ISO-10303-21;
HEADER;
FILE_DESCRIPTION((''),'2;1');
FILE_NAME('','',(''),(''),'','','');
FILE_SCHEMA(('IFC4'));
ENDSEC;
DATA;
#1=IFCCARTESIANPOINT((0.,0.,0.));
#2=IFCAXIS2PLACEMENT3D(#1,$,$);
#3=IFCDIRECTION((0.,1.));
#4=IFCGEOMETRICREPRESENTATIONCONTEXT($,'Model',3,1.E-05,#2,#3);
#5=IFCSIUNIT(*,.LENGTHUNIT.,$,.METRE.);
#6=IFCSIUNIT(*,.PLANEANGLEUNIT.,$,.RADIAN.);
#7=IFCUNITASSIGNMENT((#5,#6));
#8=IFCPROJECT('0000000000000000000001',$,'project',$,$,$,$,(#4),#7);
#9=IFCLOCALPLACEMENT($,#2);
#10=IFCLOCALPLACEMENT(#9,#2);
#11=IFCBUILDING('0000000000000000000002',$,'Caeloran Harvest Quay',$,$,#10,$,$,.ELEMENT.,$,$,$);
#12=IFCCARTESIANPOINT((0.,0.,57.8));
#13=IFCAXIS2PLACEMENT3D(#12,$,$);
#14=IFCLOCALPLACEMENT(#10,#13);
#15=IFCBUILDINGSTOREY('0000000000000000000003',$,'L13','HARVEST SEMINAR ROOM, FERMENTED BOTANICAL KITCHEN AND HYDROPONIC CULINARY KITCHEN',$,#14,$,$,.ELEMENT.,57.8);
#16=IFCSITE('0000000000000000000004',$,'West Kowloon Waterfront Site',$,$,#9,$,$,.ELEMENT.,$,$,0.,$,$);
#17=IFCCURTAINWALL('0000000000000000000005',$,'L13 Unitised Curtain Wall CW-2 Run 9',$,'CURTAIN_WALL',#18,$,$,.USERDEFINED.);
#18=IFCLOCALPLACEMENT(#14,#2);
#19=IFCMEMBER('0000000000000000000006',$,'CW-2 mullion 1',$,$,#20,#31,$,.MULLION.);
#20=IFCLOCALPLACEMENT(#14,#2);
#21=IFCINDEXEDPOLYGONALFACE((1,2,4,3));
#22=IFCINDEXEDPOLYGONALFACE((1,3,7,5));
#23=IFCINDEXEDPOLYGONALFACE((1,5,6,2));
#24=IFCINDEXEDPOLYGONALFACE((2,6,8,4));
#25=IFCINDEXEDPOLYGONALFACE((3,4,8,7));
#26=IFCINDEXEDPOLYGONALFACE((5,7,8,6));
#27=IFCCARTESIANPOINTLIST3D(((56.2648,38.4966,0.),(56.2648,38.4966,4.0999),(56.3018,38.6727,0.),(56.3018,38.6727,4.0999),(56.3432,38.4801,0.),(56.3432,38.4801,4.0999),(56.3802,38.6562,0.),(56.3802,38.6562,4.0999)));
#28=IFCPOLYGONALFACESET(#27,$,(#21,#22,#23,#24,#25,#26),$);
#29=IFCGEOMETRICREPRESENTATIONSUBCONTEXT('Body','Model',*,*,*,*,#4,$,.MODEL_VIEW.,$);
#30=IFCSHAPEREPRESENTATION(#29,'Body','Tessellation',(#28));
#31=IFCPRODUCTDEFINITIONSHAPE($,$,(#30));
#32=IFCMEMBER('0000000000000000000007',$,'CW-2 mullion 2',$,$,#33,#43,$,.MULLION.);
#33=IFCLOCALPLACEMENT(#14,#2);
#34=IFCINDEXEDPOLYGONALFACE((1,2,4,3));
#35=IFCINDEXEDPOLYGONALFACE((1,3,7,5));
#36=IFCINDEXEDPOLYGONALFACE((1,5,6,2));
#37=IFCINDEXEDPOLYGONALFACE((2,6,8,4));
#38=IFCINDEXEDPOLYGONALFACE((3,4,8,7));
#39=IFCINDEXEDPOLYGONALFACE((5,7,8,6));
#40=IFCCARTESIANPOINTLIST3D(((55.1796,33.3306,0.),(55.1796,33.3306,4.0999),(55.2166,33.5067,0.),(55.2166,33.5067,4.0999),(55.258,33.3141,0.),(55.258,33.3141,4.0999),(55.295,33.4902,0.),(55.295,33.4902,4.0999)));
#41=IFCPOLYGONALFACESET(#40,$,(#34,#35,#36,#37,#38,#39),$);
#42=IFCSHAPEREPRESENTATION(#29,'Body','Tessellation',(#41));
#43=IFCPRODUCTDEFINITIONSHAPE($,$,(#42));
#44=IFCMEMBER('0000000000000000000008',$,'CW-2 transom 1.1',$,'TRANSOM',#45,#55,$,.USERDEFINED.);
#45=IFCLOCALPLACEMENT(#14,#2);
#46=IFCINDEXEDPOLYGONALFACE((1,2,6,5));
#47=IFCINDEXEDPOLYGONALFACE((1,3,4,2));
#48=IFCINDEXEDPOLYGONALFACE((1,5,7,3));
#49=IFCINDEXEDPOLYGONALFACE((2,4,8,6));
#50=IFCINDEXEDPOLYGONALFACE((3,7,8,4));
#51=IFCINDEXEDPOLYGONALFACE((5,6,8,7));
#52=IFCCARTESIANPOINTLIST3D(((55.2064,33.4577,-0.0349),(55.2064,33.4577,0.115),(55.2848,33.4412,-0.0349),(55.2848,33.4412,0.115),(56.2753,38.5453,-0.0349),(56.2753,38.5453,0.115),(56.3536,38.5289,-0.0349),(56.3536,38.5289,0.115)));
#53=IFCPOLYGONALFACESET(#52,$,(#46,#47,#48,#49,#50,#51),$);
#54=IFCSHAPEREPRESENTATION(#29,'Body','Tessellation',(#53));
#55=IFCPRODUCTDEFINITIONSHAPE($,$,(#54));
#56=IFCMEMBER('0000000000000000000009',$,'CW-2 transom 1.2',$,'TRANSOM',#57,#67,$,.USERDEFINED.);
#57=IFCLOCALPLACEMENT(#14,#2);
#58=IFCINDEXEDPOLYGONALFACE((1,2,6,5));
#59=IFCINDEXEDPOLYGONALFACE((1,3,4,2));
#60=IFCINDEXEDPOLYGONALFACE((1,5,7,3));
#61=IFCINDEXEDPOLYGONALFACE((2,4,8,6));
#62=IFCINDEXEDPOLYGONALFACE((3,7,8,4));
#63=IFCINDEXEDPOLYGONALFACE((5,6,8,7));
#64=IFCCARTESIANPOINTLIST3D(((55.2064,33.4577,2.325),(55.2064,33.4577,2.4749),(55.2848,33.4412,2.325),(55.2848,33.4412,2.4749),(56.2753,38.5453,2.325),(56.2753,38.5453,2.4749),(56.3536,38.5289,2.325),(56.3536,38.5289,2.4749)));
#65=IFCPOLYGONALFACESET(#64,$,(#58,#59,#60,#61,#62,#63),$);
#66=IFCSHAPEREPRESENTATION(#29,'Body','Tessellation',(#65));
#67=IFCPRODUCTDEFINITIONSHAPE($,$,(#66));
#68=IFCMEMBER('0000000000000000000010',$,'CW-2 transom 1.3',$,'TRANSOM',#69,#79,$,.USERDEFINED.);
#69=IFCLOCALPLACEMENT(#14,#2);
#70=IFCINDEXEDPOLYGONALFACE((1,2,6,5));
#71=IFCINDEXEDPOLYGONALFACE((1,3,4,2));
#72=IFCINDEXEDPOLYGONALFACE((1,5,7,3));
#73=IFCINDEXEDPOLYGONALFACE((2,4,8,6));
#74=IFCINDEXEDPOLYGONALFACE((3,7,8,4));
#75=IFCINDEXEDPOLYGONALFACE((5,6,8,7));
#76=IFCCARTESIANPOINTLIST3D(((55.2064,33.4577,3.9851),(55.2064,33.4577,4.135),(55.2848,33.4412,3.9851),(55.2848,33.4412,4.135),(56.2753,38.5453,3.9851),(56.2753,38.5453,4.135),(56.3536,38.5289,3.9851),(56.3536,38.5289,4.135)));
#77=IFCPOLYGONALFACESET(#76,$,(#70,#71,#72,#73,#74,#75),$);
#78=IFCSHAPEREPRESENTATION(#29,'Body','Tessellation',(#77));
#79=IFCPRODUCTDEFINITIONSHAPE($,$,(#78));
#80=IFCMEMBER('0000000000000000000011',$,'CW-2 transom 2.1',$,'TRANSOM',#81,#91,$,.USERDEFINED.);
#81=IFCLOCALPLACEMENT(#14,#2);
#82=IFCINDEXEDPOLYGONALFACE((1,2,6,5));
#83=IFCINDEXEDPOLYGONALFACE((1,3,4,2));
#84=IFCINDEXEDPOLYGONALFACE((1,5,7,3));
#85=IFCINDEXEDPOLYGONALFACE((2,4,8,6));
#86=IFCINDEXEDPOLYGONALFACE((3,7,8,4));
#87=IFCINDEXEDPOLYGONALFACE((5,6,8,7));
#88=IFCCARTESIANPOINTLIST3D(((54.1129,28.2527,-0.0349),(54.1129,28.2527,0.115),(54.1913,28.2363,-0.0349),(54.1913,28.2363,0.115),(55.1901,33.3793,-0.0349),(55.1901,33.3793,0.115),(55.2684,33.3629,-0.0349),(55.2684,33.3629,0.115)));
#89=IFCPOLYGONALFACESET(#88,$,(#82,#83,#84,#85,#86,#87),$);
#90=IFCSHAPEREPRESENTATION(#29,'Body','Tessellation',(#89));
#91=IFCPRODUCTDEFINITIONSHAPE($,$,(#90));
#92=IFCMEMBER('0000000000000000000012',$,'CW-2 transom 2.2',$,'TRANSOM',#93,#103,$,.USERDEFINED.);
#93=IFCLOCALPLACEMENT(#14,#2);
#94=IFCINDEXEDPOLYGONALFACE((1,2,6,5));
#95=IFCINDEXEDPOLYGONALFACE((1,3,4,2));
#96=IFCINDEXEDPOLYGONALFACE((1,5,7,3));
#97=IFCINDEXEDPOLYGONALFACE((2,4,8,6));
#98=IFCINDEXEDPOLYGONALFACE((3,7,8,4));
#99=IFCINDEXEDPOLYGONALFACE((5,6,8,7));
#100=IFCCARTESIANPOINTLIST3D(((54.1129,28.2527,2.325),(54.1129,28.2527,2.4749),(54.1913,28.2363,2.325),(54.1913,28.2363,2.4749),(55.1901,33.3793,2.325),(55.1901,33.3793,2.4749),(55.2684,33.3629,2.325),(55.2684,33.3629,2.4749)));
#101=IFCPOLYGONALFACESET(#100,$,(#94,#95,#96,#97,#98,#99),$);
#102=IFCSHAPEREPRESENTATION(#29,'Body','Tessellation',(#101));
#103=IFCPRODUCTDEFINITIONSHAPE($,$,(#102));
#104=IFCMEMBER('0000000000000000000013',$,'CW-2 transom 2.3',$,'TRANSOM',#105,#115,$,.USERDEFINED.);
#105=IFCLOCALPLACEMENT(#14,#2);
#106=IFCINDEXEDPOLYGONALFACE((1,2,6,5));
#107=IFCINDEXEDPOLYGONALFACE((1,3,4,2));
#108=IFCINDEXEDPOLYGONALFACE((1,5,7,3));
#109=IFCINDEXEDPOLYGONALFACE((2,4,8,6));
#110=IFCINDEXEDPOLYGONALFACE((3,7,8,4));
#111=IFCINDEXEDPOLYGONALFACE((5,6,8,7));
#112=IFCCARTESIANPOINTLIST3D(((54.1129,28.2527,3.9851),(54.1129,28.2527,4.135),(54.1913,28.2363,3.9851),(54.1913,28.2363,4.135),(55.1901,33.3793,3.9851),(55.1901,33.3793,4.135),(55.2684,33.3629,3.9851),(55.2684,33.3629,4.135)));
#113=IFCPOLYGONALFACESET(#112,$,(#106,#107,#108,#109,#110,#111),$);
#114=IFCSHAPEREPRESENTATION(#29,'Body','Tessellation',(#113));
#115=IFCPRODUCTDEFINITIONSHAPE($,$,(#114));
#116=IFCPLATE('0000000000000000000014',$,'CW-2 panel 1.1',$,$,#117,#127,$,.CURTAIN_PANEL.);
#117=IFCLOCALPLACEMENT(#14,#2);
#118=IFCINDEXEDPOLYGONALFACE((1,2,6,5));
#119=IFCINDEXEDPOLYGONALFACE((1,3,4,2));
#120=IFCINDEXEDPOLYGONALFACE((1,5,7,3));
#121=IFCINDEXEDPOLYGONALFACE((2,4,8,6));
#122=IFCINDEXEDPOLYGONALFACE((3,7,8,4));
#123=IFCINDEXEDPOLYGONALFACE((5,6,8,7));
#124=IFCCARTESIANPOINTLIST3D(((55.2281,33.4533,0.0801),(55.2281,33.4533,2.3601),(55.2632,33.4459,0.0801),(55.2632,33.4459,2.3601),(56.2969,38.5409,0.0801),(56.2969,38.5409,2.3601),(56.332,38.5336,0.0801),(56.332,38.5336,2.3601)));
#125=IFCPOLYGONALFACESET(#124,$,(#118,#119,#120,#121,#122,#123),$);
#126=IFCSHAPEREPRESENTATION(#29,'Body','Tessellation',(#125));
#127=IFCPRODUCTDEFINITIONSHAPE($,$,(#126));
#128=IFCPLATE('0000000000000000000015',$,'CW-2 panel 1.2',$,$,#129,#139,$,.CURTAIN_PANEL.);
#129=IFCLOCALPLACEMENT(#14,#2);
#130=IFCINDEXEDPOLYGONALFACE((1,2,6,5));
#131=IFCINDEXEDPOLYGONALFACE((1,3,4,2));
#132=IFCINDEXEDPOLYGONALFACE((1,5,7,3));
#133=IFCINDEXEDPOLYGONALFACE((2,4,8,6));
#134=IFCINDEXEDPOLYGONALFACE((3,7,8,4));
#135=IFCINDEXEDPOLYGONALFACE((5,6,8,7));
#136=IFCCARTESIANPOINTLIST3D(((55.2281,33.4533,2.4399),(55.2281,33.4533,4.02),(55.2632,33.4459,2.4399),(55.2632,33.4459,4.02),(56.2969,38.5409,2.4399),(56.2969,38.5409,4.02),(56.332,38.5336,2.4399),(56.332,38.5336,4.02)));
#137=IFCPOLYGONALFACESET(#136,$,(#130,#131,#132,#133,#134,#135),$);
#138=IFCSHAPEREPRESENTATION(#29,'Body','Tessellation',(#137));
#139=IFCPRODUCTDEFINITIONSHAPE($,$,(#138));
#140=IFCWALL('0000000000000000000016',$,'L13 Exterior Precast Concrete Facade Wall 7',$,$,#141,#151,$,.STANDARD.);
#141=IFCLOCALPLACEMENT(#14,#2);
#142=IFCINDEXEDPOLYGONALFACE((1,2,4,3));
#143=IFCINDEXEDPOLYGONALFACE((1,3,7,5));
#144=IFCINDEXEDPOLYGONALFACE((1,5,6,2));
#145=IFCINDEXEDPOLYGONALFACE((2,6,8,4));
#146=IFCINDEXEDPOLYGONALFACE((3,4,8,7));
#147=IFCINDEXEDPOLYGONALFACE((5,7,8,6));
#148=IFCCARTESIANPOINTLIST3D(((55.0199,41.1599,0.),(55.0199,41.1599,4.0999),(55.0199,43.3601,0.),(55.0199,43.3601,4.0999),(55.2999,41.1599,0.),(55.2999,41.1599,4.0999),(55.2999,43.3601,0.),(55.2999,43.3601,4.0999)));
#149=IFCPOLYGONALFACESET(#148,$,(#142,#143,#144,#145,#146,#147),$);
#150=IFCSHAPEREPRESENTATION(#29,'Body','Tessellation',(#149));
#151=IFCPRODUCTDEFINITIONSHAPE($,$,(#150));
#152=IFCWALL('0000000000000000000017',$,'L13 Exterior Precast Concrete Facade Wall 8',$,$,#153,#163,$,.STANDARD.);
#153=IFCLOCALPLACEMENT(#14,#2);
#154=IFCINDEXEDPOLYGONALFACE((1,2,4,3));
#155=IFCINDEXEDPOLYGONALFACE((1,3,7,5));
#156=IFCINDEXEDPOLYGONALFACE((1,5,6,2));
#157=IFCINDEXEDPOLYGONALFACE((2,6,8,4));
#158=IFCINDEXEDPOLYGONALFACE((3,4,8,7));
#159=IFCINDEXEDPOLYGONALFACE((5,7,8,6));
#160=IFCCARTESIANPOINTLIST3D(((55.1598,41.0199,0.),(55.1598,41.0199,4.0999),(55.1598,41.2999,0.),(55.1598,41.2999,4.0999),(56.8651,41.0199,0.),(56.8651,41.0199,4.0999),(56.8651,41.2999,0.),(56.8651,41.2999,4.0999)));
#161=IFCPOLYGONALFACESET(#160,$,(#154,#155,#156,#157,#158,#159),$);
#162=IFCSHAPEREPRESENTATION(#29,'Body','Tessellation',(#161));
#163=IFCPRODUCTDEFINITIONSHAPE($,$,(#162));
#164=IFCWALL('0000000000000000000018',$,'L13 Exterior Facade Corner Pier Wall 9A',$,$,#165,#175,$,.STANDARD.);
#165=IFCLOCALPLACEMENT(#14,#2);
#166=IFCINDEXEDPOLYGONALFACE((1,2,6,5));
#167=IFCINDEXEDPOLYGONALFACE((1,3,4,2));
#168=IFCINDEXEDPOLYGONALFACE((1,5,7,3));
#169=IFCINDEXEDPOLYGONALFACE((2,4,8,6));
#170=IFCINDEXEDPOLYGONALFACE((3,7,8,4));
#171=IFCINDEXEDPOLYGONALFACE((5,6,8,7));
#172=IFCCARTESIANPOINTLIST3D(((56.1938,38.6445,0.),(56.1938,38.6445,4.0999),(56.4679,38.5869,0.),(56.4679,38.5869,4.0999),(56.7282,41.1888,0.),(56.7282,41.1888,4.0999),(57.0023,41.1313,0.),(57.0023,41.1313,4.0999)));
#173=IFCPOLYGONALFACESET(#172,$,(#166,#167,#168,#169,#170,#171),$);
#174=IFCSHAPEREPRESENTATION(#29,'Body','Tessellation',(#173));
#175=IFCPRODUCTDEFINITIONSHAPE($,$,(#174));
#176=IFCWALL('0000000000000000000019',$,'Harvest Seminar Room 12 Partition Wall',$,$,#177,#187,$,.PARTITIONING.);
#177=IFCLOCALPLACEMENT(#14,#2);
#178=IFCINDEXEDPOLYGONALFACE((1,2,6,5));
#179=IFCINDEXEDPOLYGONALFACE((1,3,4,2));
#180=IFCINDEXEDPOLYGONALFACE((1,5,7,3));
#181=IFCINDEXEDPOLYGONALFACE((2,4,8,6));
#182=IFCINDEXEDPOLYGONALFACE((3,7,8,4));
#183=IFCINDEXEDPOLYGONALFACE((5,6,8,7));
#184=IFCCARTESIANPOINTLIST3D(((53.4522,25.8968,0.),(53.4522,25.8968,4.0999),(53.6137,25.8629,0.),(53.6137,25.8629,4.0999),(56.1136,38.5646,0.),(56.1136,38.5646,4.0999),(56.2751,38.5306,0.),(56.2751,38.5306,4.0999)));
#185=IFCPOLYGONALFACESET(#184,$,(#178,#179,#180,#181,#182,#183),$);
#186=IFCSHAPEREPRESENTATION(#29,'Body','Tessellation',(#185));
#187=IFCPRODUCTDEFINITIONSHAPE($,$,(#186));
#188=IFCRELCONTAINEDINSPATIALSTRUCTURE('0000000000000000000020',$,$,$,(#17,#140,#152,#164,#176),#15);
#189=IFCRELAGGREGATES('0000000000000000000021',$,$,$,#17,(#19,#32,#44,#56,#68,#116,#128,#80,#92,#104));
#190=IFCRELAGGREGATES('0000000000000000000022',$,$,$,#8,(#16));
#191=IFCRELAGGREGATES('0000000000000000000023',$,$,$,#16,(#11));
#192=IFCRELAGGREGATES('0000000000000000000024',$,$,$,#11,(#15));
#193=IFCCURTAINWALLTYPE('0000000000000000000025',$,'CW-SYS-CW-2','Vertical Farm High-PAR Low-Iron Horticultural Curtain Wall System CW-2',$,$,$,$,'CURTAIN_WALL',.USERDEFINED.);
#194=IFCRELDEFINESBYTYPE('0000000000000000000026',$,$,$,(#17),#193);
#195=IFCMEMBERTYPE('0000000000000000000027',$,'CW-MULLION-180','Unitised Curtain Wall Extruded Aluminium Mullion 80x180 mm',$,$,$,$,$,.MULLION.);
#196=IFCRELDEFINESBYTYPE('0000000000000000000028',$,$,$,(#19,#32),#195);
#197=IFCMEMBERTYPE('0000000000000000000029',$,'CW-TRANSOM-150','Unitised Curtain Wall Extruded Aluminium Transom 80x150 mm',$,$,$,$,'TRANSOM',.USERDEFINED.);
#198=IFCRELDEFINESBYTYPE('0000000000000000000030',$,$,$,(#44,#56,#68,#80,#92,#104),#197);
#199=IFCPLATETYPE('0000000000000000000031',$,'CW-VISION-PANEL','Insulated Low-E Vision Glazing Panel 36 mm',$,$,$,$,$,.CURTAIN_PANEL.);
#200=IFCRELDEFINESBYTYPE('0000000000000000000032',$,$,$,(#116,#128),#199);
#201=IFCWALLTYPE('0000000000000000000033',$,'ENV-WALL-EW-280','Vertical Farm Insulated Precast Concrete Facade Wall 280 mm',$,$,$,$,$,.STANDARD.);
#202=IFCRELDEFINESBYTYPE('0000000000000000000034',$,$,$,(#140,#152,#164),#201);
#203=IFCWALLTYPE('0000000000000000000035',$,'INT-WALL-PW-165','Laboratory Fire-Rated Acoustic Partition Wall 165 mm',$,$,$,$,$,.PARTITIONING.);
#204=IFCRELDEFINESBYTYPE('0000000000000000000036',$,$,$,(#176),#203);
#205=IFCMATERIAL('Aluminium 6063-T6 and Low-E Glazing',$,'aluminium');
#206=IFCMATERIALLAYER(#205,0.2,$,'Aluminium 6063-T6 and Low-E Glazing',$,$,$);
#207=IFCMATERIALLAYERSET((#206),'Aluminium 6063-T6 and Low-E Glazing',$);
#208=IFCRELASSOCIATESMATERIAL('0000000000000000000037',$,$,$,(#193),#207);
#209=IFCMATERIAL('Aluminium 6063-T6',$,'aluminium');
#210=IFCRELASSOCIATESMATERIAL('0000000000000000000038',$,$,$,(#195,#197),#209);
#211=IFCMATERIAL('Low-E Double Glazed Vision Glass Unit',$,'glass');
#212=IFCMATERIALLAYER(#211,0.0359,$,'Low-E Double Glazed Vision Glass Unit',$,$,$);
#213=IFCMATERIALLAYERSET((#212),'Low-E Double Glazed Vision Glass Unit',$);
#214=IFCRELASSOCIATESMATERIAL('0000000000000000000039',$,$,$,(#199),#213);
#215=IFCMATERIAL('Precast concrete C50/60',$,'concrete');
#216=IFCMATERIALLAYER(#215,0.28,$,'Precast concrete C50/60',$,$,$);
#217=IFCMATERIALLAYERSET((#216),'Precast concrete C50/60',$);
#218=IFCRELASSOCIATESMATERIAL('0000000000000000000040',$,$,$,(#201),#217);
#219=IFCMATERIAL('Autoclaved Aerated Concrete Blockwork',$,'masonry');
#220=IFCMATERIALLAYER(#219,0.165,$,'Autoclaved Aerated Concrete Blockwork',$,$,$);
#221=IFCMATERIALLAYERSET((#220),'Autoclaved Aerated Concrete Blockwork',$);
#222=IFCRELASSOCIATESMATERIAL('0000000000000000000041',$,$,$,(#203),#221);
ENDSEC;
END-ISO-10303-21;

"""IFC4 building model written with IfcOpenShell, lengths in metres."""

from ifc_helpers import new_model, si_unit, direction, frame, frame_2d, origin, origin_2d, place, context, subcontext, project, spatial, rectangle, extrude, material, layer, layer_set, material_profile, profile_set, type_object, element, aggregate, save


model = new_model("IFC4")

# Units and contexts
model_context = context("Model", 3, precision=1e-05, world=origin(), true_north=direction((0.0, 1.0)))
body_context = subcontext(model_context, "Body", "Model", "MODEL_VIEW")
ifc_project = project(units=[si_unit("LENGTHUNIT", "METRE"), si_unit("PLANEANGLEUNIT", "RADIAN")], contexts=[model_context])

# Site, building, storey
site_placement = place(None, origin())
site = spatial("IfcSite", under=ifc_project, at=site_placement, Name="West Kowloon Waterfront Site", CompositionType="ELEMENT", RefElevation=0.0)
building_placement = place(site_placement, origin())
building = spatial("IfcBuilding", under=site, at=building_placement, Name="Caeloran Harvest Quay", CompositionType="ELEMENT")
storey_placement = place(building_placement, frame((0.0, 0.0, 57.8)))
storey = spatial("IfcBuildingStorey", under=building, at=storey_placement, Name="L13", Description="HARVEST SEMINAR ROOM, FERMENTED BOTANICAL KITCHEN AND HYDROPONIC CULINARY KITCHEN", CompositionType="ELEMENT", Elevation=57.8)

# Curtain wall, members, plates
ifc_material_1 = material(Name="Aluminium 6063-T6 and Low-E Glazing", Category="aluminium")
ifc_layer_1 = layer(ifc_material_1, 0.2, Name="Aluminium 6063-T6 and Low-E Glazing")
ifc_layer_set_1 = layer_set([ifc_layer_1], Name="Aluminium 6063-T6 and Low-E Glazing")
curtain_wall_type = type_object("IfcCurtainWallType", Name="CW-SYS-CW-2", Description="Vertical Farm High-PAR Low-Iron Horticultural Curtain Wall System CW-2", ElementType="CURTAIN_WALL", PredefinedType="USERDEFINED", material=ifc_layer_set_1)
curtain_wall_placement = place(storey_placement, origin())
curtain_wall = element("IfcCurtainWall", 1, at=curtain_wall_placement, inside=storey, type_object=curtain_wall_type, Name="L13 Unitised Curtain Wall CW-2 Run 9", ObjectType="CURTAIN_WALL", PredefinedType="USERDEFINED")
ifc_material_2 = material(Name="Aluminium 6063-T6", Category="aluminium")
ifc_material_profile_1 = material_profile(ifc_material_2, rectangle(XDim=0.0801, YDim=0.1799, at=origin_2d()), Name="CW-MULLION-180")
ifc_profile_set_1 = profile_set([ifc_material_profile_1], Name="Aluminium 6063-T6")
member_type_1 = type_object("IfcMemberType", Name="CW-MULLION-180", Description="Unitised Curtain Wall Extruded Aluminium Mullion 80x180 mm", PredefinedType="MULLION", material=ifc_profile_set_1)
member_1_placement = place(storey_placement, frame((56.3225, 38.5764, 0.0), z_axis=(0.0, 0.0, 1.0), x_axis=(0.97864, -0.205583, 0.0)))
member_1 = element("IfcMember", 2, at=member_1_placement, type_object=member_type_1, Name="CW-2 mullion 1", PredefinedType="MULLION", context=body_context, shape_type="SweptSolid", body=[
    extrude(rectangle(XDim=0.0801, YDim=0.1799, at=origin_2d()), origin(), (0.0, 0.0, 1.0), 4.0999),
])
member_2_placement = place(storey_placement, frame((55.2373, 33.4104, 0.0), z_axis=(0.0, 0.0, 1.0), x_axis=(0.97864, -0.205583, 0.0)))
member_2 = element("IfcMember", 3, at=member_2_placement, type_object=member_type_1, Name="CW-2 mullion 2", PredefinedType="MULLION", context=body_context, shape_type="SweptSolid", body=[
    extrude(rectangle(XDim=0.0801, YDim=0.1799, at=origin_2d()), origin(), (0.0, 0.0, 1.0), 4.0999),
])
ifc_material_profile_2 = material_profile(ifc_material_2, rectangle(XDim=0.0801, YDim=0.1499, at=origin_2d()), Name="CW-TRANSOM-150")
ifc_profile_set_2 = profile_set([ifc_material_profile_2], Name="Aluminium 6063-T6")
member_type_2 = type_object("IfcMemberType", Name="CW-TRANSOM-150", Description="Unitised Curtain Wall Extruded Aluminium Transom 80x150 mm", ElementType="TRANSOM", PredefinedType="USERDEFINED", material=ifc_profile_set_2)
member_3_placement = place(storey_placement, frame((56.3145, 38.5371, 0.04), z_axis=(-0.205599, -0.978636, 0.0), x_axis=(0.978636, -0.205599, 0.0)))
member_3 = element("IfcMember", 4, at=member_3_placement, type_object=member_type_2, Name="CW-2 transom 1.1", ObjectType="TRANSOM", PredefinedType="USERDEFINED", context=body_context, shape_type="SweptSolid", body=[
    extrude(rectangle(XDim=0.0801, YDim=0.1499, at=origin_2d()), origin(), (0.0, 0.0, 1.0), 5.1987),
])
member_4_placement = place(storey_placement, frame((56.3145, 38.5371, 2.3999), z_axis=(-0.205599, -0.978636, 0.0), x_axis=(0.978636, -0.205599, 0.0)))
member_4 = element("IfcMember", 5, at=member_4_placement, type_object=member_type_2, Name="CW-2 transom 1.2", ObjectType="TRANSOM", PredefinedType="USERDEFINED", context=body_context, shape_type="SweptSolid", body=[
    extrude(rectangle(XDim=0.0801, YDim=0.1499, at=origin_2d()), origin(), (0.0, 0.0, 1.0), 5.1987),
])
member_5_placement = place(storey_placement, frame((56.3145, 38.5371, 4.0601), z_axis=(-0.205599, -0.978636, 0.0), x_axis=(0.978636, -0.205599, 0.0)))
member_5 = element("IfcMember", 6, at=member_5_placement, type_object=member_type_2, Name="CW-2 transom 1.3", ObjectType="TRANSOM", PredefinedType="USERDEFINED", context=body_context, shape_type="SweptSolid", body=[
    extrude(rectangle(XDim=0.0801, YDim=0.1499, at=origin_2d()), origin(), (0.0, 0.0, 1.0), 5.1987),
])
member_6_placement = place(storey_placement, frame((55.2292, 33.3711, 0.04), z_axis=(-0.205616, -0.978633, 0.0), x_axis=(0.978633, -0.205616, 0.0)))
member_6 = element("IfcMember", 7, at=member_6_placement, type_object=member_type_2, Name="CW-2 transom 2.1", ObjectType="TRANSOM", PredefinedType="USERDEFINED", context=body_context, shape_type="SweptSolid", body=[
    extrude(rectangle(XDim=0.0801, YDim=0.1499, at=origin_2d()), origin(), (0.0, 0.0, 1.0), 5.2385),
])
member_7_placement = place(storey_placement, frame((55.2292, 33.3711, 2.3999), z_axis=(-0.205616, -0.978633, 0.0), x_axis=(0.978633, -0.205616, 0.0)))
member_7 = element("IfcMember", 8, at=member_7_placement, type_object=member_type_2, Name="CW-2 transom 2.2", ObjectType="TRANSOM", PredefinedType="USERDEFINED", context=body_context, shape_type="SweptSolid", body=[
    extrude(rectangle(XDim=0.0801, YDim=0.1499, at=origin_2d()), origin(), (0.0, 0.0, 1.0), 5.2385),
])
member_8_placement = place(storey_placement, frame((55.2292, 33.3711, 4.0601), z_axis=(-0.205616, -0.978633, 0.0), x_axis=(0.978633, -0.205616, 0.0)))
member_8 = element("IfcMember", 9, at=member_8_placement, type_object=member_type_2, Name="CW-2 transom 2.3", ObjectType="TRANSOM", PredefinedType="USERDEFINED", context=body_context, shape_type="SweptSolid", body=[
    extrude(rectangle(XDim=0.0801, YDim=0.1499, at=origin_2d()), origin(), (0.0, 0.0, 1.0), 5.2385),
])
ifc_material_3 = material(Name="Low-E Double Glazed Vision Glass Unit", Category="glass")
ifc_layer_2 = layer(ifc_material_3, 0.0359, Name="Low-E Double Glazed Vision Glass Unit")
ifc_layer_set_2 = layer_set([ifc_layer_2], Name="Low-E Double Glazed Vision Glass Unit")
plate_type = type_object("IfcPlateType", Name="CW-VISION-PANEL", Description="Insulated Low-E Vision Glazing Panel 36 mm", PredefinedType="CURTAIN_PANEL", material=ifc_layer_set_2)
plate_1_placement = place(storey_placement, frame((55.78, 35.9934, 0.0801), z_axis=(0.0, 0.0, 1.0), x_axis=(-0.205583, -0.97864, 0.0)))
plate_1 = element("IfcPlate", 10, at=plate_1_placement, type_object=plate_type, Name="CW-2 panel 1.1", PredefinedType="CURTAIN_PANEL", context=body_context, shape_type="SweptSolid", body=[
    extrude(rectangle(XDim=5.1987, YDim=0.0359, at=origin_2d()), origin(), (0.0, 0.0, 1.0), 2.28),
])
plate_2_placement = place(storey_placement, frame((55.78, 35.9934, 2.4399), z_axis=(0.0, 0.0, 1.0), x_axis=(-0.205583, -0.97864, 0.0)))
plate_2 = element("IfcPlate", 11, at=plate_2_placement, type_object=plate_type, Name="CW-2 panel 1.2", PredefinedType="CURTAIN_PANEL", context=body_context, shape_type="SweptSolid", body=[
    extrude(rectangle(XDim=5.1987, YDim=0.0359, at=origin_2d()), origin(), (0.0, 0.0, 1.0), 1.5801),
])
aggregate(curtain_wall, [member_1, member_2, member_3, member_4, member_5, plate_1, plate_2, member_6, member_7, member_8])

# Walls
ifc_material_4 = material(Name="Precast concrete C50/60", Category="concrete")
ifc_layer_3 = layer(ifc_material_4, 0.28, Name="Precast concrete C50/60")
ifc_layer_set_3 = layer_set([ifc_layer_3], Name="Precast concrete C50/60")
wall_type_1 = type_object("IfcWallType", Name="ENV-WALL-EW-280", Description="Vertical Farm Insulated Precast Concrete Facade Wall 280 mm", PredefinedType="STANDARD", material=ifc_layer_set_3)
wall_1_placement = place(storey_placement, frame((55.1599, 43.3601, 0.0), z_axis=(0.0, 0.0, 1.0), x_axis=(0.0, -1.0, 0.0)))
element("IfcWall", 12, at=wall_1_placement, inside=storey, type_object=wall_type_1, Name="L13 Exterior Precast Concrete Facade Wall 7", PredefinedType="STANDARD", context=body_context, shape_type="SweptSolid", body=[
    extrude(rectangle(XDim=2.2002, YDim=0.28, at=frame_2d((1.1001, 0.0))), origin(), (0.0, 0.0, 1.0), 4.0999),
])
wall_2_placement = place(storey_placement, frame((55.1599, 41.1599, 0.0), z_axis=(0.0, 0.0, 1.0), x_axis=(1.0, 0.0, 0.0)))
element("IfcWall", 13, at=wall_2_placement, inside=storey, type_object=wall_type_1, Name="L13 Exterior Precast Concrete Facade Wall 8", PredefinedType="STANDARD", context=body_context, shape_type="SweptSolid", body=[
    extrude(rectangle(XDim=1.7053, YDim=0.28, at=frame_2d((0.8525, 0.0))), origin(), (0.0, 0.0, 1.0), 4.0999),
])
wall_3_placement = place(storey_placement, frame((56.8652, 41.1599, 0.0), z_axis=(0.0, 0.0, 1.0), x_axis=(-0.205551, -0.978646, 0.0)))
element("IfcWall", 14, at=wall_3_placement, inside=storey, type_object=wall_type_1, Name="L13 Exterior Facade Corner Pier Wall 9A", PredefinedType="STANDARD", context=body_context, shape_type="SweptSolid", body=[
    extrude(rectangle(XDim=2.5999, YDim=0.28, at=frame_2d((1.2998, 0.0))), origin(), (0.0, 0.0, 1.0), 4.0999),
])
ifc_material_5 = material(Name="Autoclaved Aerated Concrete Blockwork", Category="masonry")
ifc_layer_4 = layer(ifc_material_5, 0.165, Name="Autoclaved Aerated Concrete Blockwork")
ifc_layer_set_4 = layer_set([ifc_layer_4], Name="Autoclaved Aerated Concrete Blockwork")
wall_type_2 = type_object("IfcWallType", Name="INT-WALL-PW-165", Description="Laboratory Fire-Rated Acoustic Partition Wall 165 mm", PredefinedType="PARTITIONING", material=ifc_layer_set_4)
wall_4_placement = place(storey_placement, frame((56.1943, 38.5476, 0.0), z_axis=(0.0, 0.0, 1.0), x_axis=(-0.205603, -0.978636, 0.0)))
element("IfcWall", 15, at=wall_4_placement, inside=storey, type_object=wall_type_2, Name="Harvest Seminar Room 12 Partition Wall", PredefinedType="PARTITIONING", context=body_context, shape_type="SweptSolid", body=[
    extrude(rectangle(XDim=12.9443, YDim=0.165, at=frame_2d((6.4722, 0.0))), origin(), (0.0, 0.0, 1.0), 4.0999),
])

save(model, "model.ifc")
